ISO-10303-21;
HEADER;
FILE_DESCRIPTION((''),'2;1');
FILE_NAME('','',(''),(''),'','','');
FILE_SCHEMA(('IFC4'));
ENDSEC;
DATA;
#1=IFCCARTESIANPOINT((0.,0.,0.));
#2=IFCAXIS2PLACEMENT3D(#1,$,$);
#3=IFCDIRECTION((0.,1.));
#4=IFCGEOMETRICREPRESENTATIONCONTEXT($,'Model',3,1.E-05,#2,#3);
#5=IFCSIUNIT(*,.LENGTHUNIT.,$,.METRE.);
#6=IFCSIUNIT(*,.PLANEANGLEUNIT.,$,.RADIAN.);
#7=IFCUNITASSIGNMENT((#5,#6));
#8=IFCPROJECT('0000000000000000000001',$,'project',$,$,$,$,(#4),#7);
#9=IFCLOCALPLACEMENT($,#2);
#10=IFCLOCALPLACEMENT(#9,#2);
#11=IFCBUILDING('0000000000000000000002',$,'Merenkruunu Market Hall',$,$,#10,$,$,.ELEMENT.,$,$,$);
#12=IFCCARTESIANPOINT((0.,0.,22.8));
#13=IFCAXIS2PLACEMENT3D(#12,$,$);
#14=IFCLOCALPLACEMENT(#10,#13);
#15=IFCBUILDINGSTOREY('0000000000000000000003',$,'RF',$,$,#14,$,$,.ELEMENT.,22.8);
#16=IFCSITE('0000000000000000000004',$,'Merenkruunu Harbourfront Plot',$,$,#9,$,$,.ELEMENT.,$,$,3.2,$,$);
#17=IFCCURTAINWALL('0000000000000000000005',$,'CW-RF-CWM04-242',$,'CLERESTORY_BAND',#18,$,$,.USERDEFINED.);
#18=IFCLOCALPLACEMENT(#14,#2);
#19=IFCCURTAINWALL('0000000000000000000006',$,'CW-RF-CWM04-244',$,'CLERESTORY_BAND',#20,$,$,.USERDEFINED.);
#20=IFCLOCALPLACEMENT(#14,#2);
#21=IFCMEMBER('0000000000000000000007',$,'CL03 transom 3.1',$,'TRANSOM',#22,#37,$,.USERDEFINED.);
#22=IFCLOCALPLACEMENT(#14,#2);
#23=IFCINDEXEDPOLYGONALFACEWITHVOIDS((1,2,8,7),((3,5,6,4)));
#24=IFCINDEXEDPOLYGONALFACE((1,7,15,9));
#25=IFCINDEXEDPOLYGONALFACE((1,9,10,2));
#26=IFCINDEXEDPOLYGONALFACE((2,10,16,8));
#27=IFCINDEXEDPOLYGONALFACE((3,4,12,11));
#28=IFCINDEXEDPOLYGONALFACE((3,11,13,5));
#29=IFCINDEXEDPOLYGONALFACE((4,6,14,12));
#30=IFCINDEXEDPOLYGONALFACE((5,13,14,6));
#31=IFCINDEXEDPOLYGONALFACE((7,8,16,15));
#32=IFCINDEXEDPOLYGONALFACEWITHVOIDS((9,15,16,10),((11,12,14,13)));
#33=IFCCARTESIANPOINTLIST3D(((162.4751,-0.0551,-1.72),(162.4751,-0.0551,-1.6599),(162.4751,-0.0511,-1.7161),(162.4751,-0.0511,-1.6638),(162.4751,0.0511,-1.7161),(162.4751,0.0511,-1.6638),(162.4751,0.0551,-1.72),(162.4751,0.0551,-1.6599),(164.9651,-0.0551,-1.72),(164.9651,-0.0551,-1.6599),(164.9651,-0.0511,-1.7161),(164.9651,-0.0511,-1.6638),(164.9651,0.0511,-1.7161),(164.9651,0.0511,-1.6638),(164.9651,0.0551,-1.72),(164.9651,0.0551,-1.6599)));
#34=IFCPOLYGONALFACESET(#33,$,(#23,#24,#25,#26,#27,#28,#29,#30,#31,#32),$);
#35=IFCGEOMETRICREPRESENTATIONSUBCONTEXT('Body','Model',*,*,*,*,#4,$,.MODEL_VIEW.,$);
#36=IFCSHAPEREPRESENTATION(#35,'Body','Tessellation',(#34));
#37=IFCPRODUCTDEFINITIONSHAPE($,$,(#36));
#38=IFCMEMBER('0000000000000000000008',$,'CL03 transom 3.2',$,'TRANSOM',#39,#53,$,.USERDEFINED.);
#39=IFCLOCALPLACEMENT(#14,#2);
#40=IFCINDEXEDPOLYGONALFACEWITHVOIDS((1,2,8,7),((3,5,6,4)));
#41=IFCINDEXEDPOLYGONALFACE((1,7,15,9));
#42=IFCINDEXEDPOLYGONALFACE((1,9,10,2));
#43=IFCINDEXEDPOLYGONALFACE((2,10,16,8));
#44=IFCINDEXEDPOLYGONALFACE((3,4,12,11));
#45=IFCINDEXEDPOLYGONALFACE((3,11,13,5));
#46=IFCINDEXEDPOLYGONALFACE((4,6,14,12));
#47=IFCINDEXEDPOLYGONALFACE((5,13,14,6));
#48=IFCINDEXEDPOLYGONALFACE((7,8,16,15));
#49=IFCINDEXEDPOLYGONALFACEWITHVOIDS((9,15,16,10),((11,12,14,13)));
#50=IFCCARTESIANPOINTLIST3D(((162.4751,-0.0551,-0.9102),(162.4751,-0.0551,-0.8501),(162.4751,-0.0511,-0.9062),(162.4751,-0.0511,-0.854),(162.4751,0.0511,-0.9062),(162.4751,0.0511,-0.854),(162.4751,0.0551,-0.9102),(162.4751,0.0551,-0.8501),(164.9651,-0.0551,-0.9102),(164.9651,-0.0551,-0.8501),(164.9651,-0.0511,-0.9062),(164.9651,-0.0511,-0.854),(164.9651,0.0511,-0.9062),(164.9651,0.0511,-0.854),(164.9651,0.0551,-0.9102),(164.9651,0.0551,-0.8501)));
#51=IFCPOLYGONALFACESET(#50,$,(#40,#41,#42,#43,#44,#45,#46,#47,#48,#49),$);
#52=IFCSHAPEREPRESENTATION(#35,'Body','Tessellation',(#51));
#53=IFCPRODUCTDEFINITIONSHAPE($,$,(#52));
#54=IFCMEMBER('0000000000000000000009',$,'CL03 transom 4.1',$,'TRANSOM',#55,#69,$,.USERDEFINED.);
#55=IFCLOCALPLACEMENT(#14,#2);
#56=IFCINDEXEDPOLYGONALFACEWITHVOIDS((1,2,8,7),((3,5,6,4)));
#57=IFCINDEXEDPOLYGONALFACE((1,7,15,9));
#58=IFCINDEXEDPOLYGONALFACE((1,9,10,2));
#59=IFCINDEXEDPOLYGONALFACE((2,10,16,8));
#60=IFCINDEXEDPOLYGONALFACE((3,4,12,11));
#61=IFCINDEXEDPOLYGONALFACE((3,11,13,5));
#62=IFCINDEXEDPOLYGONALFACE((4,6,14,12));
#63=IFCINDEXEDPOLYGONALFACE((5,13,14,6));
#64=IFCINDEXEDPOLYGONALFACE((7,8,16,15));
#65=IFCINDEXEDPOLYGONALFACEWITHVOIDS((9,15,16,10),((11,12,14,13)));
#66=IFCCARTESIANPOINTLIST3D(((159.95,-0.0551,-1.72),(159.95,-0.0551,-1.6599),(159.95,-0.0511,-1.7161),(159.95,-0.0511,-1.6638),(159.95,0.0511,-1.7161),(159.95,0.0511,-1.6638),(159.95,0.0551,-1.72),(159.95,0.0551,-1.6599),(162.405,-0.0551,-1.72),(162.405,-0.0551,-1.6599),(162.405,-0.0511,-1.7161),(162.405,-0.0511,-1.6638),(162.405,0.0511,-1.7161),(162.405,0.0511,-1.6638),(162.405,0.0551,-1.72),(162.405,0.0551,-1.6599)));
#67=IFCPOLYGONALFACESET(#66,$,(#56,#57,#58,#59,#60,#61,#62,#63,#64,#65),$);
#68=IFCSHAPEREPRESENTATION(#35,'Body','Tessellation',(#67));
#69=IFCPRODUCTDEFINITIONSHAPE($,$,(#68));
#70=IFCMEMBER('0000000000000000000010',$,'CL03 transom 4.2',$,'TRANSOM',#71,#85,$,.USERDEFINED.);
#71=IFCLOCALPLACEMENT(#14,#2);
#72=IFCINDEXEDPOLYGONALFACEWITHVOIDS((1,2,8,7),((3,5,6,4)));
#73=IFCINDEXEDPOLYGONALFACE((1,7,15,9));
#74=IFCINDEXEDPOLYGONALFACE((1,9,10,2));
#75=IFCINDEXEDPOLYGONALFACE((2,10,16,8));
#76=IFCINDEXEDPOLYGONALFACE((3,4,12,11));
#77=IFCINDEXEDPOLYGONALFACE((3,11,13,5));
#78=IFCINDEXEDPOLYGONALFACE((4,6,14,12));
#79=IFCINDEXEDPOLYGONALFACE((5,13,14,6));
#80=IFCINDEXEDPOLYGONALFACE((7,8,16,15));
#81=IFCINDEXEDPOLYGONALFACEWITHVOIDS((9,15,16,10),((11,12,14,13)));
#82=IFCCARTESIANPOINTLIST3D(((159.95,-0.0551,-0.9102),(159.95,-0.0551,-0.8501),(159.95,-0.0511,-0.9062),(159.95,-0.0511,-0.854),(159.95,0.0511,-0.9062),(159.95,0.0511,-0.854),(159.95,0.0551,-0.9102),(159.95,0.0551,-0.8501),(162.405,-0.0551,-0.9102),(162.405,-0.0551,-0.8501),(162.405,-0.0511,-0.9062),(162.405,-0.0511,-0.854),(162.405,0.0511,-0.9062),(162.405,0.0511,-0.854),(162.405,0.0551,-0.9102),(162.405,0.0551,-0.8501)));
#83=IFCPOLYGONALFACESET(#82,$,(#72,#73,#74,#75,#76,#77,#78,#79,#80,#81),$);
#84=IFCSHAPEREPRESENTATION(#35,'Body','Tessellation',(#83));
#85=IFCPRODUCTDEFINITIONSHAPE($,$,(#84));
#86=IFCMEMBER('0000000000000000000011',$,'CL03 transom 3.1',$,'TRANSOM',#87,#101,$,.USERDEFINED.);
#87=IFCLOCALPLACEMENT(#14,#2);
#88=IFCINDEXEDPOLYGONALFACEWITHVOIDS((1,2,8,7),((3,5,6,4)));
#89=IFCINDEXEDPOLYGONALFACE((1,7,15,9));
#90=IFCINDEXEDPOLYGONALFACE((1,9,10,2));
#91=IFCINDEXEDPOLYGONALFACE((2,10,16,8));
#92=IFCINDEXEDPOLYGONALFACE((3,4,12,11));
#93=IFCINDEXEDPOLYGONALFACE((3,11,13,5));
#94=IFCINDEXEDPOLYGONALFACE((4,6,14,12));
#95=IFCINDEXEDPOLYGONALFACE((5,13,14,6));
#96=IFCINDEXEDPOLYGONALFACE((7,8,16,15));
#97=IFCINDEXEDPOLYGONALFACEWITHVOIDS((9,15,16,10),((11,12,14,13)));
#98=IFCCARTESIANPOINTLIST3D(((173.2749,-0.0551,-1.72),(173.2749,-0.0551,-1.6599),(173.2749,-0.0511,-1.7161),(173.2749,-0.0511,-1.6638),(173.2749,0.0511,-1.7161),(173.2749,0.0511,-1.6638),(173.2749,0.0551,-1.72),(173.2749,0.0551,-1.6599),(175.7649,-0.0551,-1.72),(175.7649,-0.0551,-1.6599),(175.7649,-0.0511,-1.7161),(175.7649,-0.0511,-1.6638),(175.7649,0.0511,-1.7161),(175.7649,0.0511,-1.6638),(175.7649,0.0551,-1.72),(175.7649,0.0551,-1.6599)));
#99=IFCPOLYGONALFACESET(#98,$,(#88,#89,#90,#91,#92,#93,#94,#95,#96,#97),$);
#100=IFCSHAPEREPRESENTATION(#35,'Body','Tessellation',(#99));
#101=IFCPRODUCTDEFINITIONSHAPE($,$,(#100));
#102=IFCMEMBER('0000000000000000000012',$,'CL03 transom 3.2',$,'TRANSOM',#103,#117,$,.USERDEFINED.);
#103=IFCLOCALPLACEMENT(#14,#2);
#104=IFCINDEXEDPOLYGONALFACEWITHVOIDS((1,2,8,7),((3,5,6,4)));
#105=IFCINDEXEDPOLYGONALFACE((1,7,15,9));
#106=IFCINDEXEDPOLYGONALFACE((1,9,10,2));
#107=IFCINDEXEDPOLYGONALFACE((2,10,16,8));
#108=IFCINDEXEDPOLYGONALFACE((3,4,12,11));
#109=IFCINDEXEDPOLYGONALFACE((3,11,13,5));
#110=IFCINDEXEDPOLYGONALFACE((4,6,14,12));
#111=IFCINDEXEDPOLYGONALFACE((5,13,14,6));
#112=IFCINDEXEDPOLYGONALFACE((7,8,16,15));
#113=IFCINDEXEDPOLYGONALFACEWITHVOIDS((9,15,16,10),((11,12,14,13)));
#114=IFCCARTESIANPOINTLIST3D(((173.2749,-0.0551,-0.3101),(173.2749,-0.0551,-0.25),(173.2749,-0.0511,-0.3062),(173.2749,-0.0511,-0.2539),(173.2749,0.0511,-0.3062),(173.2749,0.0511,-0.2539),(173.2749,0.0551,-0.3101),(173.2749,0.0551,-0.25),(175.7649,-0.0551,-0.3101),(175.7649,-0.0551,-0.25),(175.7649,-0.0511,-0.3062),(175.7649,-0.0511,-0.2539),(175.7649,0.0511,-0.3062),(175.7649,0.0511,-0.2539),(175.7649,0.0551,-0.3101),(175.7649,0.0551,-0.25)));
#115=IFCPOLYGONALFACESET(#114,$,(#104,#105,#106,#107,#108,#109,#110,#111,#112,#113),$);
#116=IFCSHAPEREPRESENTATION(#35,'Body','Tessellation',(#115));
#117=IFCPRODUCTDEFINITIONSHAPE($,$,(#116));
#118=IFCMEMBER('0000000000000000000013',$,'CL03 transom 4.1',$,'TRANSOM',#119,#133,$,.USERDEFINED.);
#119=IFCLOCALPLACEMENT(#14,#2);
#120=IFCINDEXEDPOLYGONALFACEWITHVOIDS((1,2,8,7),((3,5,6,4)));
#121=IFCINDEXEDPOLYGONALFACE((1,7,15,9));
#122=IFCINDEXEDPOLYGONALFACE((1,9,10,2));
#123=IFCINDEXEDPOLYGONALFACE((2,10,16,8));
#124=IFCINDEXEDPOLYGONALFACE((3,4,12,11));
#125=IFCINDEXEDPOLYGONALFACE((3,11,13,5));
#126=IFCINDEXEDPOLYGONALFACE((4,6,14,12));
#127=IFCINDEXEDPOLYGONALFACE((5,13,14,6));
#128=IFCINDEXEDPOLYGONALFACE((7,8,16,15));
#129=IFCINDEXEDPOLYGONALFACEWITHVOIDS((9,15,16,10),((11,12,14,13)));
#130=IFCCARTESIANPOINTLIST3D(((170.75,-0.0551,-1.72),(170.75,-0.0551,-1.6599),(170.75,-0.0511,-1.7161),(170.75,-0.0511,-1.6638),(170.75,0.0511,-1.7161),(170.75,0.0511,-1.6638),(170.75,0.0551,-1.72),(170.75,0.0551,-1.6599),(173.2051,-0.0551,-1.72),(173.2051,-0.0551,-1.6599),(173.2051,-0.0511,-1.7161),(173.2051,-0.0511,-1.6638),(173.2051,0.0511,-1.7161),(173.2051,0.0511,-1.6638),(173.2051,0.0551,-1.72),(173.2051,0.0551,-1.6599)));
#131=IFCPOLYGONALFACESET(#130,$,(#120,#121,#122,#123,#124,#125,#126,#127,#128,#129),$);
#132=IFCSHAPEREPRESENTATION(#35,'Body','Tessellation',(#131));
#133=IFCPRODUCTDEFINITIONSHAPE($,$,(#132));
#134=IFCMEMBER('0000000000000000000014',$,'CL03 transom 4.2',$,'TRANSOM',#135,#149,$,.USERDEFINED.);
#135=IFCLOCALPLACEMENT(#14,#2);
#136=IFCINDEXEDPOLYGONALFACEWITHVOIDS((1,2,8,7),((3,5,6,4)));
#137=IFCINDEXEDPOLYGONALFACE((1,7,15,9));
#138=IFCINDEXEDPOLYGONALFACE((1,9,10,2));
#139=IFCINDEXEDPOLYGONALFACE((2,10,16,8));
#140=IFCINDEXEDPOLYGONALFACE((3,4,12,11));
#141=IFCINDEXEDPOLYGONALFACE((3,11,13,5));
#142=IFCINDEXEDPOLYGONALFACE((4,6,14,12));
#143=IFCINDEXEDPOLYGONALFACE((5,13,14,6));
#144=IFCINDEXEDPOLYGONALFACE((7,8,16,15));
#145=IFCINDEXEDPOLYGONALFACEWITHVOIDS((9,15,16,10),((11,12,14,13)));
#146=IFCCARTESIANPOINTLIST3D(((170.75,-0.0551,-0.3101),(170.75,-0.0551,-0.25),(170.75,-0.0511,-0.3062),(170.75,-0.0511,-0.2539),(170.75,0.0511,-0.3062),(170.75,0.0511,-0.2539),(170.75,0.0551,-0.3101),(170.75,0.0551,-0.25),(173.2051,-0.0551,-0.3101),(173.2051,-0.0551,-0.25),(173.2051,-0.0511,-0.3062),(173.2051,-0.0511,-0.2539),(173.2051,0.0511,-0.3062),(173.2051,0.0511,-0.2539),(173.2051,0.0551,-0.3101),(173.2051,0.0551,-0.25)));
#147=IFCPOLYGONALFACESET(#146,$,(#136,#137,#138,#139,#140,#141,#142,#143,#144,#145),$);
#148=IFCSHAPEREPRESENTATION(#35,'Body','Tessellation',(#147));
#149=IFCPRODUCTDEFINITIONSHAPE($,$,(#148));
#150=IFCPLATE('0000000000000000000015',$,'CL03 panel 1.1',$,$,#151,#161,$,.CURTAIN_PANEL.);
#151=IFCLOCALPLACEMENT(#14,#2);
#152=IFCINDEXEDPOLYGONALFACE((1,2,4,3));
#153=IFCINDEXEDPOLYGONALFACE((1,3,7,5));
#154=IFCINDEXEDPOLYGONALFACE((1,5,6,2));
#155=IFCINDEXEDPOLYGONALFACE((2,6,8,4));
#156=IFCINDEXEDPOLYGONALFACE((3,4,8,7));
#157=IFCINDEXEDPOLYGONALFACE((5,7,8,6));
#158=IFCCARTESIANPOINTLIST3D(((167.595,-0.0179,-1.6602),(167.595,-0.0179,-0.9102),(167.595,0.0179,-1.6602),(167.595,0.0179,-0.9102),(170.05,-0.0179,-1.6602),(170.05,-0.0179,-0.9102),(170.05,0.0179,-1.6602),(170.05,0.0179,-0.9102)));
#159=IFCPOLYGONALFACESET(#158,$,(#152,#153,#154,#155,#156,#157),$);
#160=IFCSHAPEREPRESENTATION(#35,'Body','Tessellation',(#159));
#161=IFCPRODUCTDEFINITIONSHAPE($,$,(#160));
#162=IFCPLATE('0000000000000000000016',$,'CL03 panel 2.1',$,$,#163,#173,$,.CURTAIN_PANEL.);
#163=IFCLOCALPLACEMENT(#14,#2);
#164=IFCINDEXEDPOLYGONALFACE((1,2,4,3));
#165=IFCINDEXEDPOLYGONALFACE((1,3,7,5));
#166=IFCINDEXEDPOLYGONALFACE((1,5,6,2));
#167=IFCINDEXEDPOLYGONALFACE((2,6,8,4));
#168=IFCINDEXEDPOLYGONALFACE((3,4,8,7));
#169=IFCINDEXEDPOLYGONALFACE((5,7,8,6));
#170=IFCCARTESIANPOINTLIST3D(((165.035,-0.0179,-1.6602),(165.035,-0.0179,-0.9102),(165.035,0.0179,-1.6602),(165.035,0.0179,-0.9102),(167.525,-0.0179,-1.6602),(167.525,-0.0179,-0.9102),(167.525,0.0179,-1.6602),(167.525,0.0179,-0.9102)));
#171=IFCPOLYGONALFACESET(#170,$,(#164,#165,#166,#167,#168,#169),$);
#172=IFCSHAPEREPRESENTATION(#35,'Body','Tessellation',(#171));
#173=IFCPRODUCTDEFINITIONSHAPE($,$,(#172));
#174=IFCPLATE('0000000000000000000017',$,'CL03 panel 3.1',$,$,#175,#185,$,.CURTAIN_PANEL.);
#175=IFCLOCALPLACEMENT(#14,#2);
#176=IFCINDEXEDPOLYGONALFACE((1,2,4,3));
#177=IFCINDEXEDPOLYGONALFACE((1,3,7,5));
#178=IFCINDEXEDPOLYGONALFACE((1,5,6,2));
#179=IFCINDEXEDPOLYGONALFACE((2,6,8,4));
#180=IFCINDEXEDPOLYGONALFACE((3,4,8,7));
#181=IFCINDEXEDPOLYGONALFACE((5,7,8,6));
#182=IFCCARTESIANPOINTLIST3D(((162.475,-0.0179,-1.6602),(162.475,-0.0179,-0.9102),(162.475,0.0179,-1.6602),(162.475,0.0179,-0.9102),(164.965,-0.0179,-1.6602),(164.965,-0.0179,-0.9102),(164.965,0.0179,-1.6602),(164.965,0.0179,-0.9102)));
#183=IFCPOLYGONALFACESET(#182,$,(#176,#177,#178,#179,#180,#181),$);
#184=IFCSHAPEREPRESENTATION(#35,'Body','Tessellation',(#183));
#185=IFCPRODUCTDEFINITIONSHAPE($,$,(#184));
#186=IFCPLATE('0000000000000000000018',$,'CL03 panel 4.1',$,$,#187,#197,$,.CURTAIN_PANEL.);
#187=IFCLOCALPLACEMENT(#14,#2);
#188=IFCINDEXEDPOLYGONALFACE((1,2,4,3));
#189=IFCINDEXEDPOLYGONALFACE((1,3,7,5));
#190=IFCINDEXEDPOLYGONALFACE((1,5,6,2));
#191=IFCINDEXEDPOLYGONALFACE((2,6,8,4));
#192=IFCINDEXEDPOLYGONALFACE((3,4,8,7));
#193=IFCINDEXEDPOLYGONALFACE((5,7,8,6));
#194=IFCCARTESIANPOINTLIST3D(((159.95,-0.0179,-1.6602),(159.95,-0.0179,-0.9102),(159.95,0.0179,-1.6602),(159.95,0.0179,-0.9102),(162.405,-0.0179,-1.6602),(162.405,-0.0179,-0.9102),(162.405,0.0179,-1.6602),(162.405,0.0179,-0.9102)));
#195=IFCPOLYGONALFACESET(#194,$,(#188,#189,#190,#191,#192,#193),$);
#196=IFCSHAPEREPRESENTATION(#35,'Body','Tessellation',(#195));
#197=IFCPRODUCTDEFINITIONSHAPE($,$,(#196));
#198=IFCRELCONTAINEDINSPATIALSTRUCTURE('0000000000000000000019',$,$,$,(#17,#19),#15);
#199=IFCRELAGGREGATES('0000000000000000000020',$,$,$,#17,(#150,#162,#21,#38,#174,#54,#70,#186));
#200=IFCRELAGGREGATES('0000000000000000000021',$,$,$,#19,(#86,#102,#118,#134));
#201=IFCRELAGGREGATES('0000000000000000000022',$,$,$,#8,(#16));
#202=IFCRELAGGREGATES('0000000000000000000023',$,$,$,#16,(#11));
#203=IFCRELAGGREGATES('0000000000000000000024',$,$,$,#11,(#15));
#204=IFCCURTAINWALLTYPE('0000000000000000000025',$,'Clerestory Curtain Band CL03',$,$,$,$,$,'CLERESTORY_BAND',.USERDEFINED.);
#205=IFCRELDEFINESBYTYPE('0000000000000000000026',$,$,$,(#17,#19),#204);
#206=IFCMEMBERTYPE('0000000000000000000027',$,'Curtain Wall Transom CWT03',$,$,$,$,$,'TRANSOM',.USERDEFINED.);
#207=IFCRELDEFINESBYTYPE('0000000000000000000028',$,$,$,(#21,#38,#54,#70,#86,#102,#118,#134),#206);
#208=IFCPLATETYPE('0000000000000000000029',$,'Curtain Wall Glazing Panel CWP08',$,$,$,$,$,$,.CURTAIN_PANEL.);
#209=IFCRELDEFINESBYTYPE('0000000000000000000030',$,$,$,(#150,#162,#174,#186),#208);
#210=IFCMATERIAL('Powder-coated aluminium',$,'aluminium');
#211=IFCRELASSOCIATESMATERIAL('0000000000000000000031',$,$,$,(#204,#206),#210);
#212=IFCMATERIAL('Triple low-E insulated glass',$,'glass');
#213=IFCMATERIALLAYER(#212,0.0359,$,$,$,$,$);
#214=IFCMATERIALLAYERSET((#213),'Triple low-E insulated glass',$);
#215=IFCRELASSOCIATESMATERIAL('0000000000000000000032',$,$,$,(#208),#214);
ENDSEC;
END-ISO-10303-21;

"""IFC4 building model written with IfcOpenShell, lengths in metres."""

from ifc_helpers import new_model, si_unit, direction, frame, origin, origin_2d, place, context, subcontext, project, spatial, rectangle, hollow_rectangle, extrude, material, layer, layer_set, material_profile, profile_set, type_object, element, aggregate, save


model = new_model("IFC4")

# Units and contexts
model_context = context("Model", 3, precision=1e-05, world=origin(), true_north=direction((0.0, 1.0)))
body_context = subcontext(model_context, "Body", "Model", "MODEL_VIEW")
ifc_project = project(units=[si_unit("LENGTHUNIT", "METRE"), si_unit("PLANEANGLEUNIT", "RADIAN")], contexts=[model_context])

# Site, building, storey
site_placement = place(None, origin())
site = spatial("IfcSite", under=ifc_project, at=site_placement, Name="Merenkruunu Harbourfront Plot", CompositionType="ELEMENT", RefElevation=3.2)
building_placement = place(site_placement, origin())
building = spatial("IfcBuilding", under=site, at=building_placement, Name="Merenkruunu Market Hall", CompositionType="ELEMENT")
storey_placement = place(building_placement, frame((0.0, 0.0, 22.8)))
storey = spatial("IfcBuildingStorey", under=building, at=storey_placement, Name="RF", CompositionType="ELEMENT", Elevation=22.8)

# Curtain walls
ifc_material_1 = material(Name="Powder-coated aluminium", Category="aluminium")
curtain_wall_type = type_object("IfcCurtainWallType", Name="Clerestory Curtain Band CL03", ElementType="CLERESTORY_BAND", PredefinedType="USERDEFINED", material=ifc_material_1)
curtain_wall_1_placement = place(storey_placement, origin())
curtain_wall_1 = element("IfcCurtainWall", 1, at=curtain_wall_1_placement, inside=storey, type_object=curtain_wall_type, Name="CW-RF-CWM04-242", ObjectType="CLERESTORY_BAND", PredefinedType="USERDEFINED")
curtain_wall_2_placement = place(storey_placement, origin())
curtain_wall_2 = element("IfcCurtainWall", 2, at=curtain_wall_2_placement, inside=storey, type_object=curtain_wall_type, Name="CW-RF-CWM04-244", ObjectType="CLERESTORY_BAND", PredefinedType="USERDEFINED")

# Members
ifc_material_profile_1 = material_profile(ifc_material_1, hollow_rectangle(XDim=0.0601, YDim=0.1101, WallThickness=0.0039, at=origin_2d()), Name="ALU 60x110x4")
ifc_profile_set_1 = profile_set([ifc_material_profile_1], Name="Powder-coated aluminium")
member_type_1 = type_object("IfcMemberType", Name="Curtain Wall Transom CWT03", ElementType="TRANSOM", PredefinedType="USERDEFINED", material=ifc_profile_set_1)
member_1_placement = place(storey_placement, frame((164.9651, 0.0, -1.6899), z_axis=(-1.0, 0.0, 0.0), x_axis=(0.0, 0.0, 1.0)))
member_1 = element("IfcMember", 3, at=member_1_placement, type_object=member_type_1, Name="CL03 transom 3.1", ObjectType="TRANSOM", PredefinedType="USERDEFINED", context=body_context, shape_type="SweptSolid", body=[
    extrude(hollow_rectangle(XDim=0.0601, YDim=0.1101, WallThickness=0.0039, at=origin_2d()), origin(), (0.0, 0.0, 1.0), 2.49),
])
member_2_placement = place(storey_placement, frame((164.9651, 0.0, -0.8801), z_axis=(-1.0, 0.0, 0.0), x_axis=(0.0, 0.0, 1.0)))
member_2 = element("IfcMember", 4, at=member_2_placement, type_object=member_type_1, Name="CL03 transom 3.2", ObjectType="TRANSOM", PredefinedType="USERDEFINED", context=body_context, shape_type="SweptSolid", body=[
    extrude(hollow_rectangle(XDim=0.0601, YDim=0.1101, WallThickness=0.0039, at=origin_2d()), origin(), (0.0, 0.0, 1.0), 2.49),
])
member_3_placement = place(storey_placement, frame((162.405, 0.0, -1.6899), z_axis=(-1.0, 0.0, 0.0), x_axis=(0.0, 0.0, 1.0)))
member_3 = element("IfcMember", 5, at=member_3_placement, type_object=member_type_1, Name="CL03 transom 4.1", ObjectType="TRANSOM", PredefinedType="USERDEFINED", context=body_context, shape_type="SweptSolid", body=[
    extrude(hollow_rectangle(XDim=0.0601, YDim=0.1101, WallThickness=0.0039, at=origin_2d()), origin(), (0.0, 0.0, 1.0), 2.4551),
])
member_4_placement = place(storey_placement, frame((162.405, 0.0, -0.8801), z_axis=(-1.0, 0.0, 0.0), x_axis=(0.0, 0.0, 1.0)))
member_4 = element("IfcMember", 6, at=member_4_placement, type_object=member_type_1, Name="CL03 transom 4.2", ObjectType="TRANSOM", PredefinedType="USERDEFINED", context=body_context, shape_type="SweptSolid", body=[
    extrude(hollow_rectangle(XDim=0.0601, YDim=0.1101, WallThickness=0.0039, at=origin_2d()), origin(), (0.0, 0.0, 1.0), 2.4551),
])
member_5_placement = place(storey_placement, frame((175.7649, 0.0, -1.6899), z_axis=(-1.0, 0.0, 0.0), x_axis=(0.0, 0.0, 1.0)))
member_5 = element("IfcMember", 7, at=member_5_placement, type_object=member_type_1, Name="CL03 transom 3.1", ObjectType="TRANSOM", PredefinedType="USERDEFINED", context=body_context, shape_type="SweptSolid", body=[
    extrude(hollow_rectangle(XDim=0.0601, YDim=0.1101, WallThickness=0.0039, at=origin_2d()), origin(), (0.0, 0.0, 1.0), 2.49),
])
member_6_placement = place(storey_placement, frame((175.7649, 0.0, -0.28), z_axis=(-1.0, 0.0, 0.0), x_axis=(0.0, 0.0, 1.0)))
member_6 = element("IfcMember", 8, at=member_6_placement, type_object=member_type_1, Name="CL03 transom 3.2", ObjectType="TRANSOM", PredefinedType="USERDEFINED", context=body_context, shape_type="SweptSolid", body=[
    extrude(hollow_rectangle(XDim=0.0601, YDim=0.1101, WallThickness=0.0039, at=origin_2d()), origin(), (0.0, 0.0, 1.0), 2.49),
])
member_7_placement = place(storey_placement, frame((173.2051, 0.0, -1.6899), z_axis=(-1.0, 0.0, 0.0), x_axis=(0.0, 0.0, 1.0)))
member_7 = element("IfcMember", 9, at=member_7_placement, type_object=member_type_1, Name="CL03 transom 4.1", ObjectType="TRANSOM", PredefinedType="USERDEFINED", context=body_context, shape_type="SweptSolid", body=[
    extrude(hollow_rectangle(XDim=0.0601, YDim=0.1101, WallThickness=0.0039, at=origin_2d()), origin(), (0.0, 0.0, 1.0), 2.4551),
])
member_8_placement = place(storey_placement, frame((173.2051, 0.0, -0.28), z_axis=(-1.0, 0.0, 0.0), x_axis=(0.0, 0.0, 1.0)))
member_8 = element("IfcMember", 10, at=member_8_placement, type_object=member_type_1, Name="CL03 transom 4.2", ObjectType="TRANSOM", PredefinedType="USERDEFINED", context=body_context, shape_type="SweptSolid", body=[
    extrude(hollow_rectangle(XDim=0.0601, YDim=0.1101, WallThickness=0.0039, at=origin_2d()), origin(), (0.0, 0.0, 1.0), 2.4551),
])

# Plates
ifc_material_2 = material(Name="Triple low-E insulated glass", Category="glass")
ifc_layer_1 = layer(ifc_material_2, 0.0359)
ifc_layer_set_1 = layer_set([ifc_layer_1], Name="Triple low-E insulated glass")
plate_type = type_object("IfcPlateType", Name="Curtain Wall Glazing Panel CWP08", PredefinedType="CURTAIN_PANEL", material=ifc_layer_set_1)
plate_1_placement = place(storey_placement, frame((168.8225, 0.0, -1.6602), z_axis=(0.0, 0.0, 1.0), x_axis=(-1.0, 0.0, 0.0)))
plate_1 = element("IfcPlate", 11, at=plate_1_placement, type_object=plate_type, Name="CL03 panel 1.1", PredefinedType="CURTAIN_PANEL", context=body_context, shape_type="SweptSolid", body=[
    extrude(rectangle(XDim=2.4551, YDim=0.0359, at=origin_2d()), origin(), (0.0, 0.0, 1.0), 0.75),
])
plate_2_placement = place(storey_placement, frame((166.28, 0.0, -1.6602), z_axis=(0.0, 0.0, 1.0), x_axis=(-1.0, 0.0, 0.0)))
plate_2 = element("IfcPlate", 12, at=plate_2_placement, type_object=plate_type, Name="CL03 panel 2.1", PredefinedType="CURTAIN_PANEL", context=body_context, shape_type="SweptSolid", body=[
    extrude(rectangle(XDim=2.49, YDim=0.0359, at=origin_2d()), origin(), (0.0, 0.0, 1.0), 0.75),
])
plate_3_placement = place(storey_placement, frame((163.72, 0.0, -1.6602), z_axis=(0.0, 0.0, 1.0), x_axis=(-1.0, 0.0, 0.0)))
plate_3 = element("IfcPlate", 13, at=plate_3_placement, type_object=plate_type, Name="CL03 panel 3.1", PredefinedType="CURTAIN_PANEL", context=body_context, shape_type="SweptSolid", body=[
    extrude(rectangle(XDim=2.49, YDim=0.0359, at=origin_2d()), origin(), (0.0, 0.0, 1.0), 0.75),
])
plate_4_placement = place(storey_placement, frame((161.1775, 0.0, -1.6602), z_axis=(0.0, 0.0, 1.0), x_axis=(-1.0, 0.0, 0.0)))
plate_4 = element("IfcPlate", 14, at=plate_4_placement, type_object=plate_type, Name="CL03 panel 4.1", PredefinedType="CURTAIN_PANEL", context=body_context, shape_type="SweptSolid", body=[
    extrude(rectangle(XDim=2.4551, YDim=0.0359, at=origin_2d()), origin(), (0.0, 0.0, 1.0), 0.75),
])
aggregate(curtain_wall_1, [plate_1, plate_2, member_1, member_2, plate_3, member_3, member_4, plate_4])
aggregate(curtain_wall_2, [member_5, member_6, member_7, member_8])

save(model, "model.ifc")
